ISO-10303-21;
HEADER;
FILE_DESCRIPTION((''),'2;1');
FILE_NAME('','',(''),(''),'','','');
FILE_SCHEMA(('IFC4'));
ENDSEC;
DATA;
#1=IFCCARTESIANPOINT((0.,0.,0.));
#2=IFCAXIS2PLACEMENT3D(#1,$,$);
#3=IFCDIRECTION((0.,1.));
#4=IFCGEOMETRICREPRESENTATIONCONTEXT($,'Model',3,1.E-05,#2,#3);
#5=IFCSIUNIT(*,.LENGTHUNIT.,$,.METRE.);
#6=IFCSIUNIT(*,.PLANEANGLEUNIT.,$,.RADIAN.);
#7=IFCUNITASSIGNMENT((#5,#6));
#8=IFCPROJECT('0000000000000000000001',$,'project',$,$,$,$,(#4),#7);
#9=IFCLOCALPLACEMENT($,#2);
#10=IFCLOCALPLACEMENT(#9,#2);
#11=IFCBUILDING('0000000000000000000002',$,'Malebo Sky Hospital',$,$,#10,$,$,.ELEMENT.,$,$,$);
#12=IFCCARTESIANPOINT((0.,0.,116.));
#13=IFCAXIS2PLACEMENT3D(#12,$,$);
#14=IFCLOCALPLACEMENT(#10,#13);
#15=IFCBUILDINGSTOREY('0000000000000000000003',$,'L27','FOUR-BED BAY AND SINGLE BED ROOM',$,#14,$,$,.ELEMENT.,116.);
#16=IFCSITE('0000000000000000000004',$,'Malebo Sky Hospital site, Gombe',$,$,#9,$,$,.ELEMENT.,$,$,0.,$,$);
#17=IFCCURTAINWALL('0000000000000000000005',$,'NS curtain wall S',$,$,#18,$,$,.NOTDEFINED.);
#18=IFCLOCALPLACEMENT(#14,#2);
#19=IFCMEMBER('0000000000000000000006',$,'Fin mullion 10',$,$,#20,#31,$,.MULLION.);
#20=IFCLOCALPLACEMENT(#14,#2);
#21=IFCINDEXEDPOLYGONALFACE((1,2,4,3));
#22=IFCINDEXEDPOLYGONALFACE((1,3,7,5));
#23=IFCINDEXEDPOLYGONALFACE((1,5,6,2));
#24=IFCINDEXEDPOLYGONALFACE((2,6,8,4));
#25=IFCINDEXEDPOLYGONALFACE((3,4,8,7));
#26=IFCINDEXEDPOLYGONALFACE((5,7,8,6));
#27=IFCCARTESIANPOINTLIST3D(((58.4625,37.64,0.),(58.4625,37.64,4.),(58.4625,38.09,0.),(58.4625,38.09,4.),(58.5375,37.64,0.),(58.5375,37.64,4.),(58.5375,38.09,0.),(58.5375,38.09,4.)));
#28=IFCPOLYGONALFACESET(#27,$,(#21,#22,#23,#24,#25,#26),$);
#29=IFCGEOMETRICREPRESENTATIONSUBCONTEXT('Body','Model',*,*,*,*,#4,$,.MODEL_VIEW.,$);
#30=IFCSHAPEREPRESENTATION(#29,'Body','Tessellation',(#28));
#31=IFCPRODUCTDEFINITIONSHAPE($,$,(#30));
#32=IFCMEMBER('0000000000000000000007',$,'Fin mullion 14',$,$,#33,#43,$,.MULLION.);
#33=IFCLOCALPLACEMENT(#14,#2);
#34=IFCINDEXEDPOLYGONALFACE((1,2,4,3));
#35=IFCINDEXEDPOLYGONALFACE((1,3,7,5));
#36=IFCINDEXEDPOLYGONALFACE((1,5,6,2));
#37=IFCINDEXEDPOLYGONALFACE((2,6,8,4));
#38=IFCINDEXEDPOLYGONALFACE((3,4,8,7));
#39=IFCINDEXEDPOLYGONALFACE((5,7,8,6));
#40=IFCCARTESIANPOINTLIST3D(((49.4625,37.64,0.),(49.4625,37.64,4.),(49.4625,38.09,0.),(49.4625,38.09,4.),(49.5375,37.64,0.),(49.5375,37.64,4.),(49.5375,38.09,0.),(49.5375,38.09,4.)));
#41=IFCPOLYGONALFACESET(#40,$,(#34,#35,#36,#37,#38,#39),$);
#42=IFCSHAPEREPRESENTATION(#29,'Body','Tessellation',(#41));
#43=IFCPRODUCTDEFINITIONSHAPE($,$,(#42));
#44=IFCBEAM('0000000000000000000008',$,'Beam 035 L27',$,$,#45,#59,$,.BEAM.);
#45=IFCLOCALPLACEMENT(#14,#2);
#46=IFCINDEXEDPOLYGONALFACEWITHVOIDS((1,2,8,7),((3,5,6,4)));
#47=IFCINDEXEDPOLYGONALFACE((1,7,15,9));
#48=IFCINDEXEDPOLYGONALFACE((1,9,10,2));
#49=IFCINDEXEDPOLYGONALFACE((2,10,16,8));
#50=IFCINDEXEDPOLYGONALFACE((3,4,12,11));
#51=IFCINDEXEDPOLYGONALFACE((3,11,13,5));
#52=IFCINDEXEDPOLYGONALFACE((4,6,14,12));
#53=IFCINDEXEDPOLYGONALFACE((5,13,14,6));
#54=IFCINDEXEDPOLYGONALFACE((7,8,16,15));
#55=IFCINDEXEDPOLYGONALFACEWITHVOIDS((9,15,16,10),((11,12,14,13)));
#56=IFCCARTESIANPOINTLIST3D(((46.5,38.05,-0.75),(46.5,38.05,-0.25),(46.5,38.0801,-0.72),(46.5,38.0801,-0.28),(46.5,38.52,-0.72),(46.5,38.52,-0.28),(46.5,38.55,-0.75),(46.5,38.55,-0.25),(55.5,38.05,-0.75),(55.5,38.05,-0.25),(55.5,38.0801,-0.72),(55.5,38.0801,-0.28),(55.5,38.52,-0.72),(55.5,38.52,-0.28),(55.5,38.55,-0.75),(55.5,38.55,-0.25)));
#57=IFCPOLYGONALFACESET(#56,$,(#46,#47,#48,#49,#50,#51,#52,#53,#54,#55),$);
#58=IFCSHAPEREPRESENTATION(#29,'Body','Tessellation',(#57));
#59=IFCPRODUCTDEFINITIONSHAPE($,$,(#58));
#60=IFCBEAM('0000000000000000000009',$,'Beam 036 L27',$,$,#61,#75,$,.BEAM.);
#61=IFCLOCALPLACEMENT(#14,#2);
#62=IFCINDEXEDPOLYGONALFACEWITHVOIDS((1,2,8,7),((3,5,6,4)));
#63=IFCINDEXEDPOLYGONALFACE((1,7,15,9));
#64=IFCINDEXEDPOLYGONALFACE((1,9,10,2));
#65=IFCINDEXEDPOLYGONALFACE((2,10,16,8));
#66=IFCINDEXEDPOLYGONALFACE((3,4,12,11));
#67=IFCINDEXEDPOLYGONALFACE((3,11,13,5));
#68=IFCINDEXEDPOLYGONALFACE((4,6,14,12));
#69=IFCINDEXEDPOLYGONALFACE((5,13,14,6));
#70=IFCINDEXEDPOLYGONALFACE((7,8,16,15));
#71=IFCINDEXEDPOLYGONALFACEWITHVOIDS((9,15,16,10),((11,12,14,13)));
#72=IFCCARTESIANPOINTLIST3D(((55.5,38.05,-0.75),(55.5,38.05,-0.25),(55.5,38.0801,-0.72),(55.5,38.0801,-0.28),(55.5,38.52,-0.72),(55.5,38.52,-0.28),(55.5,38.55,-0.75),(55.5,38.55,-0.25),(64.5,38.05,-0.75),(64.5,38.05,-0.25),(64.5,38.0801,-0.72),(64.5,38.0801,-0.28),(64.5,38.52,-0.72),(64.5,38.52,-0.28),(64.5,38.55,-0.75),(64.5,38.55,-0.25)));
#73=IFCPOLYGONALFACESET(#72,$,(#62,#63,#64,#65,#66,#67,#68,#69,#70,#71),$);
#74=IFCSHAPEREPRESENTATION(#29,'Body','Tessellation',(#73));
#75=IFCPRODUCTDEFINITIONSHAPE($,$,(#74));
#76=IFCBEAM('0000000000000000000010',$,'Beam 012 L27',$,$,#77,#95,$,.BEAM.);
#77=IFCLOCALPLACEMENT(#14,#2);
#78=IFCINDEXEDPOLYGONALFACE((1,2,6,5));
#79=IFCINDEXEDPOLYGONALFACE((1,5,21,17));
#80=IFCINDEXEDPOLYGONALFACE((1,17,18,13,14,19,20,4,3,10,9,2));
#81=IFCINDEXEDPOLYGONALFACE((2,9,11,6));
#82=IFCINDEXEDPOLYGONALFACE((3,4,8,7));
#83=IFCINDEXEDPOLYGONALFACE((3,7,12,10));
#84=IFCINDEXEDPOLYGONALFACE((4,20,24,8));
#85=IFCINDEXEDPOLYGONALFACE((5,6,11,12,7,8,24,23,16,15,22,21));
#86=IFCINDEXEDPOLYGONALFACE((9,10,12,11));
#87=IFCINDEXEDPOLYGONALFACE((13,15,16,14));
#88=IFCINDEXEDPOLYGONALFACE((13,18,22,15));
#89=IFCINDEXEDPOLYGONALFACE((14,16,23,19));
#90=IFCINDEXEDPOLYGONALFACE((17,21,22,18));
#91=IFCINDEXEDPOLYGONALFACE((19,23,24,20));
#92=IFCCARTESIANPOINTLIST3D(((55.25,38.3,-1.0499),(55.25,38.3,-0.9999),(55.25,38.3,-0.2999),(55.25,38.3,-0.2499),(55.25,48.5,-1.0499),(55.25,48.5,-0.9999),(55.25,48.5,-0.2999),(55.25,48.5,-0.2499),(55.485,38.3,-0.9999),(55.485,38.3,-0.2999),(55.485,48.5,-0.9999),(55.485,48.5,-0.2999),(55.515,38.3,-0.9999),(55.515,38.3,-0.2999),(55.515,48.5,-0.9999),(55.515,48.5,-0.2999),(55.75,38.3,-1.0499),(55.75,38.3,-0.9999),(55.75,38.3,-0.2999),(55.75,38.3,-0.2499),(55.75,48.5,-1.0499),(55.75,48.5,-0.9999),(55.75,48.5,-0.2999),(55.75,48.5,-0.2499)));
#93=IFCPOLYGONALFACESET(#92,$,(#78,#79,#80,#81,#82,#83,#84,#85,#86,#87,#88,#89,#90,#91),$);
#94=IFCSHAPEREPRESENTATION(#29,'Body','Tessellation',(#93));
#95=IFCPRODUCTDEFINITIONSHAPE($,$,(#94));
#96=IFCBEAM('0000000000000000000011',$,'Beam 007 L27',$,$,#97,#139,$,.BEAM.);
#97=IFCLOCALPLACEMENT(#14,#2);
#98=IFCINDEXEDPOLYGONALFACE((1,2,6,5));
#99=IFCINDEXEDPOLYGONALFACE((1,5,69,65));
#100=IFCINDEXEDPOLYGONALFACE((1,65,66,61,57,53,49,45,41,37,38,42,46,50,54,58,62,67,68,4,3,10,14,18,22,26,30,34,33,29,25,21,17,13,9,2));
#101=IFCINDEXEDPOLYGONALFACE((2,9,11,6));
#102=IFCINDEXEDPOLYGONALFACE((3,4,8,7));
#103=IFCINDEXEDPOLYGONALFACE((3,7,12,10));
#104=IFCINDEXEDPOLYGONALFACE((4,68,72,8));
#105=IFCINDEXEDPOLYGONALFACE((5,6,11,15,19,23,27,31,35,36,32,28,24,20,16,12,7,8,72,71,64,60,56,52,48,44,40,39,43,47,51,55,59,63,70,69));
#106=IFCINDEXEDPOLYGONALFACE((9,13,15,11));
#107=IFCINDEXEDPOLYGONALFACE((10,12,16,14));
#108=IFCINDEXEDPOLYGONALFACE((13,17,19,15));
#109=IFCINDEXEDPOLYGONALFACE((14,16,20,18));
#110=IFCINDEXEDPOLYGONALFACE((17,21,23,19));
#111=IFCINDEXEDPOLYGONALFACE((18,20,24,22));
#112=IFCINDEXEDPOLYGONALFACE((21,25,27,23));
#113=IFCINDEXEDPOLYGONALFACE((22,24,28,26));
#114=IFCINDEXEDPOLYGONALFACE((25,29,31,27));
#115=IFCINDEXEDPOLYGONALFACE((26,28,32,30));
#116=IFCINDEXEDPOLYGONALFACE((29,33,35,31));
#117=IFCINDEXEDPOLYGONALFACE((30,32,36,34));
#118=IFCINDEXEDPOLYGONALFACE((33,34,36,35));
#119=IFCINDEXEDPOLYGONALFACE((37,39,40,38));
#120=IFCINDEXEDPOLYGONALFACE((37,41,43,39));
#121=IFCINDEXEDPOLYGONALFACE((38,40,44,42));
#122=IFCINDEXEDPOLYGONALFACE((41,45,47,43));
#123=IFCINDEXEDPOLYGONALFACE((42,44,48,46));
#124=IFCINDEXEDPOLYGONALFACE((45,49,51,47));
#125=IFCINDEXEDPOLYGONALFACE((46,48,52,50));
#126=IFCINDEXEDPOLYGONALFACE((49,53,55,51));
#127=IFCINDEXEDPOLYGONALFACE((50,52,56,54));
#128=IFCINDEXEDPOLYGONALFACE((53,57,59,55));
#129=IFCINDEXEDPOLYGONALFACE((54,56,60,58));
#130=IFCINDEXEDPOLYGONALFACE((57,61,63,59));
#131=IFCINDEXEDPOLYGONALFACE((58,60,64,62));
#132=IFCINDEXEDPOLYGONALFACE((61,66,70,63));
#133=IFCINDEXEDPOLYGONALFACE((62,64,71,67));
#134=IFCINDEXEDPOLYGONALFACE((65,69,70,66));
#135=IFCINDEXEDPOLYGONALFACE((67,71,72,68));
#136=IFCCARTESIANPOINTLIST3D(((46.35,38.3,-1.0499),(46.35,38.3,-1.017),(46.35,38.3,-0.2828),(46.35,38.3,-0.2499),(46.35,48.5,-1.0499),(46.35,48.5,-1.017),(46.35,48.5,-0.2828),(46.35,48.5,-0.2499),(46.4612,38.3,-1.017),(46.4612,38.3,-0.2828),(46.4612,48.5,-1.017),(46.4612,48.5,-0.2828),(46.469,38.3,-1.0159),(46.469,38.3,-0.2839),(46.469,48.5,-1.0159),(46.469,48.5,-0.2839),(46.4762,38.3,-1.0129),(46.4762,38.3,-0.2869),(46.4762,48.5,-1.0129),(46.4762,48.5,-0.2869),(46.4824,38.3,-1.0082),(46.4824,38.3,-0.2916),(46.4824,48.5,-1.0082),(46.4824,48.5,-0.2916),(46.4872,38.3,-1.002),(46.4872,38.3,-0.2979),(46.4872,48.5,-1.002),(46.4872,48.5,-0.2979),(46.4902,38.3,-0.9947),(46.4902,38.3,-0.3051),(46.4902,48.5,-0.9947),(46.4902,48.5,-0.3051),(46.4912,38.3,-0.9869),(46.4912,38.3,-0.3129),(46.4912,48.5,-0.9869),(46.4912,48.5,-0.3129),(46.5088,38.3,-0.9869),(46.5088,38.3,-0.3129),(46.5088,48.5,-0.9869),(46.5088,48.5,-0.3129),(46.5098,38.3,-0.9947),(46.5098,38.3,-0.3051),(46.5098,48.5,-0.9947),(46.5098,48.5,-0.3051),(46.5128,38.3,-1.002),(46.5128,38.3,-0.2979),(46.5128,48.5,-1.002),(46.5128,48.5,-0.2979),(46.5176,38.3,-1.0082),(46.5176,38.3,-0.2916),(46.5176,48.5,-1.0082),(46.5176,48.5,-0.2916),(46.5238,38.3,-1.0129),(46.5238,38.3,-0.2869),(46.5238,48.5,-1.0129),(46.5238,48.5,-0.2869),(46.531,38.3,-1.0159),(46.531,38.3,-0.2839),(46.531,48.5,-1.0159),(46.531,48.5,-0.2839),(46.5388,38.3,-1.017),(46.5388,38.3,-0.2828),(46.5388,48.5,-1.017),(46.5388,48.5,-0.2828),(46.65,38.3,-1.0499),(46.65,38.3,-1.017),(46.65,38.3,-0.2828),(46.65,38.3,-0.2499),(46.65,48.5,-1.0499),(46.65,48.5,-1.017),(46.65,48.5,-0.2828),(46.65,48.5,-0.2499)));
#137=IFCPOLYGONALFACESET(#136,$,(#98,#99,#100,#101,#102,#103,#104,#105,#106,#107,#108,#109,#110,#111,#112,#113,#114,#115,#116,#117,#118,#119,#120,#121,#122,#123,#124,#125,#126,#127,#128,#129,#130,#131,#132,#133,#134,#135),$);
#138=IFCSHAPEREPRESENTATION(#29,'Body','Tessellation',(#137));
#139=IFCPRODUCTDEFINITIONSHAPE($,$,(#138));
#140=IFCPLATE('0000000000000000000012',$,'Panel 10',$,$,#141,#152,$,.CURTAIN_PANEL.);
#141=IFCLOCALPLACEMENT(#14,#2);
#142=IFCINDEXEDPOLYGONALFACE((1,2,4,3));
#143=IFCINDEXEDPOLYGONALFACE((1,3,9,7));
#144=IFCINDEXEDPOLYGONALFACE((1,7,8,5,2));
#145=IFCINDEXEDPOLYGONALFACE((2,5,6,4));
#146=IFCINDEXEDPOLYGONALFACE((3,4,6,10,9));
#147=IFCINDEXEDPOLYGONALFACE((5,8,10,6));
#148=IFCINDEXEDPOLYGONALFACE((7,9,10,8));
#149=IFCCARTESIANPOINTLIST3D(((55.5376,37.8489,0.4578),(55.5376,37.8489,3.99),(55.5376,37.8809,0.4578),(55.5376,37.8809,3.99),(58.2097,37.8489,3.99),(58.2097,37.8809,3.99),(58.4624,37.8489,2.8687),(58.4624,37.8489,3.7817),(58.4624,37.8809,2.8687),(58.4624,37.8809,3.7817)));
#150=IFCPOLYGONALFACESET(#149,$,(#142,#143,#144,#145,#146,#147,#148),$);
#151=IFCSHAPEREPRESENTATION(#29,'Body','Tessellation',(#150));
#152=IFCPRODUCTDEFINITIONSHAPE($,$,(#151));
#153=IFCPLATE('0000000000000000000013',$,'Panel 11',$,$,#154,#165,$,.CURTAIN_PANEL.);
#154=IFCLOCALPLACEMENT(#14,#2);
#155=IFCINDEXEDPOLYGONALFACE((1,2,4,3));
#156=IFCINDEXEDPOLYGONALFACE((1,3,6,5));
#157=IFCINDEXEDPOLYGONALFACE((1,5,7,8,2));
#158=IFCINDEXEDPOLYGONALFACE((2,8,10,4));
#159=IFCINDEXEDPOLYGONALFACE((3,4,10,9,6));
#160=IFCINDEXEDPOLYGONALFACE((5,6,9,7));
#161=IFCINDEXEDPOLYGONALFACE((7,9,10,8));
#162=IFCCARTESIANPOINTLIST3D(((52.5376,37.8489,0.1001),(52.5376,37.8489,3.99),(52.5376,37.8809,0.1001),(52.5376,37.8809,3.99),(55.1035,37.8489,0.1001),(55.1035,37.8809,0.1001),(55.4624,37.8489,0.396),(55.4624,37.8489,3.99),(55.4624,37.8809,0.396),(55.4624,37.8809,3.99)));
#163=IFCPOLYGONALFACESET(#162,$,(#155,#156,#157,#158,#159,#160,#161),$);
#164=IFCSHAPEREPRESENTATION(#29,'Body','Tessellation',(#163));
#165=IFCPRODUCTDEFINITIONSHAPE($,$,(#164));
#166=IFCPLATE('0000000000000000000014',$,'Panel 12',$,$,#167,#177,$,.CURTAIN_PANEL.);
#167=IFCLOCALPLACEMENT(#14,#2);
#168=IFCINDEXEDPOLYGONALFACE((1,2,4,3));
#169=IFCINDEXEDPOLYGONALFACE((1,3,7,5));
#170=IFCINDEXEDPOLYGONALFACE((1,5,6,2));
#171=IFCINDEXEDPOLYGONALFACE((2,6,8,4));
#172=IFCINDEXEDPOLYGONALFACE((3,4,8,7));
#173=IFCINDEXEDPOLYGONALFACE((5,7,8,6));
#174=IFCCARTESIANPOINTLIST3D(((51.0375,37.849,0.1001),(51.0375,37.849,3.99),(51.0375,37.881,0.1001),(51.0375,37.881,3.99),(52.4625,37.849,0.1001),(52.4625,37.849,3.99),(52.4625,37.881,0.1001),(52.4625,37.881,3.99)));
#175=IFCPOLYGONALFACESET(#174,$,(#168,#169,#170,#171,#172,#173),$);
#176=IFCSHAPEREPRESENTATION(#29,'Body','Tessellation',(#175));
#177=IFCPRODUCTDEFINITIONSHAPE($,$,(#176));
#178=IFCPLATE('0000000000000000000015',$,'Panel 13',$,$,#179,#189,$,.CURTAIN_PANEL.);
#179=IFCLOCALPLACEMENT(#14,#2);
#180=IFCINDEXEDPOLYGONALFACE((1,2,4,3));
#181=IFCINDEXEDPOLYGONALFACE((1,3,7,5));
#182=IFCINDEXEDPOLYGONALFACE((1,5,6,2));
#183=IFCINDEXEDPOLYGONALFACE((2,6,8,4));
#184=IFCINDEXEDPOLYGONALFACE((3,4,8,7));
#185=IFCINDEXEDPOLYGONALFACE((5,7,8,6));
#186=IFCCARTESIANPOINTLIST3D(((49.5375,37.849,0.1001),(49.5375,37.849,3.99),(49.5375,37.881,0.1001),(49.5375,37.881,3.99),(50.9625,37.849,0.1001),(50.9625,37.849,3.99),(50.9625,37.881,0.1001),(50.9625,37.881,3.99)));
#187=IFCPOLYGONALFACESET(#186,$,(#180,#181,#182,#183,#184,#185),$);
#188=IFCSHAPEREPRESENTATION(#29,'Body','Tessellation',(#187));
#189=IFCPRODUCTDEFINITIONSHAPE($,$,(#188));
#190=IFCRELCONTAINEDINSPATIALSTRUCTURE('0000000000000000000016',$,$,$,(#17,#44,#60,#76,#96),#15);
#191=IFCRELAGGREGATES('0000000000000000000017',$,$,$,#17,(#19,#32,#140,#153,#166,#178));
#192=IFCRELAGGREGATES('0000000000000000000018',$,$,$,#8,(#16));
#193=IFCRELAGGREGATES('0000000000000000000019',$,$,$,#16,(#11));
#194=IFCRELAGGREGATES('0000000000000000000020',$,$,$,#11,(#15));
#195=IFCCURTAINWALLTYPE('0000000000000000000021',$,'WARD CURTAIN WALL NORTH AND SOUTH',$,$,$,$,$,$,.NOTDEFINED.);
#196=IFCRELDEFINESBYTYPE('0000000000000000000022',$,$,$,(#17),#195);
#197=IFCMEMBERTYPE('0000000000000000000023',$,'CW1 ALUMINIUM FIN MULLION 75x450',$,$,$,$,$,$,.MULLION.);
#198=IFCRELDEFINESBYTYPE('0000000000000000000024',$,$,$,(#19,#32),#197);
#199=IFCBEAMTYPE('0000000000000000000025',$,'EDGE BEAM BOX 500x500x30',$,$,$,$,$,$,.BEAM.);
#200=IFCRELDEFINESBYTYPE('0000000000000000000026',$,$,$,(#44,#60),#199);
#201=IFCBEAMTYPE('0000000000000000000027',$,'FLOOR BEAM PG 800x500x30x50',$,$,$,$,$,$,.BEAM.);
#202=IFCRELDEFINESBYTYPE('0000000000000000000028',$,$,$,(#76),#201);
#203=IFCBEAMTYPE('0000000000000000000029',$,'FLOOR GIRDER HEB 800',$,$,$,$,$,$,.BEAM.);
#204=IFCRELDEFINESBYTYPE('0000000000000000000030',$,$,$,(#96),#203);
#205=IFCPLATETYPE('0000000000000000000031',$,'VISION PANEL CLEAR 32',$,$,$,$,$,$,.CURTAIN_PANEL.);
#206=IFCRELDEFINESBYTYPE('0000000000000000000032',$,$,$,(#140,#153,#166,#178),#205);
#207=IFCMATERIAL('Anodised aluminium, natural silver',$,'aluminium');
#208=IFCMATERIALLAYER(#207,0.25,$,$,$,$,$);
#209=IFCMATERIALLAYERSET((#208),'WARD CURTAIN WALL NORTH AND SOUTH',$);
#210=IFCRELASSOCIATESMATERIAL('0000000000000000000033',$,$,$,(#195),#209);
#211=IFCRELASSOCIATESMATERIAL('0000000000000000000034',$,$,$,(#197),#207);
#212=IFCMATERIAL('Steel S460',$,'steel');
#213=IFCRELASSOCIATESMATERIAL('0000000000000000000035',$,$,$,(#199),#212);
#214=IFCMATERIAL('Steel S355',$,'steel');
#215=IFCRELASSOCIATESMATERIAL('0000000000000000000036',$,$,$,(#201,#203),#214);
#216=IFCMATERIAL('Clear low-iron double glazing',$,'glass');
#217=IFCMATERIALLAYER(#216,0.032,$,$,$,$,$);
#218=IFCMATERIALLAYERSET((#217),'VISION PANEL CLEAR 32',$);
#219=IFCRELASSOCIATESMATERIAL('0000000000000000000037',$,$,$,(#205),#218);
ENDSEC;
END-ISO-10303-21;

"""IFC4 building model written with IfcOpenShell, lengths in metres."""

from ifc_helpers import new_model, si_unit, direction, frame, origin, origin_2d, place, context, subcontext, project, spatial, polyline, rectangle, hollow_rectangle, i_section, outline, extrude, material, layer, layer_set, material_profile, profile_set, type_object, element, aggregate, save


model = new_model("IFC4")

# Units and contexts
model_context = context("Model", 3, precision=1e-05, world=origin(), true_north=direction((0.0, 1.0)))
body_context = subcontext(model_context, "Body", "Model", "MODEL_VIEW")
ifc_project = project(units=[si_unit("LENGTHUNIT", "METRE"), si_unit("PLANEANGLEUNIT", "RADIAN")], contexts=[model_context])

# Site, building, storey
site_placement = place(None, origin())
site = spatial("IfcSite", under=ifc_project, at=site_placement, Name="Malebo Sky Hospital site, Gombe", CompositionType="ELEMENT", RefElevation=0.0)
building_placement = place(site_placement, origin())
building = spatial("IfcBuilding", under=site, at=building_placement, Name="Malebo Sky Hospital", CompositionType="ELEMENT")
storey_placement = place(building_placement, frame((0.0, 0.0, 116.0)))
storey = spatial("IfcBuildingStorey", under=building, at=storey_placement, Name="L27", Description="FOUR-BED BAY AND SINGLE BED ROOM", CompositionType="ELEMENT", Elevation=116.0)

# Shared definitions
ifc_material_1 = material(Name="Steel S460", Category="steel")

# Curtain wall
ifc_material_2 = material(Name="Anodised aluminium, natural silver", Category="aluminium")
ifc_layer_1 = layer(ifc_material_2, 0.25)
ifc_layer_set_1 = layer_set([ifc_layer_1], Name="WARD CURTAIN WALL NORTH AND SOUTH")
curtain_wall_type = type_object("IfcCurtainWallType", Name="WARD CURTAIN WALL NORTH AND SOUTH", PredefinedType="NOTDEFINED", material=ifc_layer_set_1)
curtain_wall_placement = place(storey_placement, origin())
curtain_wall = element("IfcCurtainWall", 1, at=curtain_wall_placement, inside=storey, type_object=curtain_wall_type, Name="NS curtain wall S", PredefinedType="NOTDEFINED")

# Members
ifc_material_3 = material(Name="Steel S355", Category="steel")
ifc_material_profile_1 = material_profile(ifc_material_2, rectangle(XDim=0.075, YDim=0.45, at=origin_2d()), Name="CW1 ALUMINIUM FIN MULLION 75x450")
ifc_profile_set_1 = profile_set([ifc_material_profile_1], Name="Anodised aluminium, natural silver")
member_type_1 = type_object("IfcMemberType", Name="CW1 ALUMINIUM FIN MULLION 75x450", PredefinedType="MULLION", material=ifc_profile_set_1)
member_1_placement = place(storey_placement, frame((58.5, 37.865, 0.0), z_axis=(0.0, 0.0, 1.0), x_axis=(-1.0, 0.0, 0.0)))
member_1 = element("IfcMember", 2, at=member_1_placement, type_object=member_type_1, Name="Fin mullion 10", PredefinedType="MULLION", context=body_context, shape_type="SweptSolid", body=[
    extrude(rectangle(XDim=0.075, YDim=0.45, at=origin_2d()), origin(), (0.0, 0.0, 1.0), 4.0),
])
member_2_placement = place(storey_placement, frame((49.5, 37.865, 0.0), z_axis=(0.0, 0.0, 1.0), x_axis=(-1.0, 0.0, 0.0)))
member_2 = element("IfcMember", 3, at=member_2_placement, type_object=member_type_1, Name="Fin mullion 14", PredefinedType="MULLION", context=body_context, shape_type="SweptSolid", body=[
    extrude(rectangle(XDim=0.075, YDim=0.45, at=origin_2d()), origin(), (0.0, 0.0, 1.0), 4.0),
])

# Beams
ifc_material_profile_2 = material_profile(ifc_material_1, hollow_rectangle(XDim=0.5, YDim=0.5, WallThickness=0.03, at=origin_2d()), Name="BOX 500x500x30")
ifc_profile_set_2 = profile_set([ifc_material_profile_2], Name="Steel S460")
beam_type_1 = type_object("IfcBeamType", Name="EDGE BEAM BOX 500x500x30", PredefinedType="BEAM", material=ifc_profile_set_2)
for number, where, z_axis, x_axis, name in (
    (4, (46.5, 38.3, -0.5), (1.0, 0.0, 0.0), (0.0, 1.0, 0.0), "Beam 035 L27"),
    (5, (55.5, 38.3, -0.5), (1.0, 0.0, 0.0), (0.0, 1.0, 0.0), "Beam 036 L27"),
):
    element("IfcBeam", number, at=place(storey_placement, frame(where, z_axis=z_axis, x_axis=x_axis)), inside=storey, type_object=beam_type_1, Name=name, PredefinedType="BEAM", context=body_context, shape_type="SweptSolid", body=[
        extrude(hollow_rectangle(XDim=0.5, YDim=0.5, WallThickness=0.03, at=origin_2d()), origin(), (0.0, 0.0, 1.0), 9.0),
    ])
ifc_material_profile_3 = material_profile(ifc_material_3, i_section(OverallWidth=0.5, OverallDepth=0.8, WebThickness=0.03, FlangeThickness=0.05, at=origin_2d()), Name="PG 800x500x30x50")
ifc_profile_set_3 = profile_set([ifc_material_profile_3], Name="Steel S355")
beam_type_2 = type_object("IfcBeamType", Name="FLOOR BEAM PG 800x500x30x50", PredefinedType="BEAM", material=ifc_profile_set_3)
beam_1_placement = place(storey_placement, frame((55.5, 38.3, -0.6499), z_axis=(0.0, 1.0, 0.0), x_axis=(-1.0, 0.0, 0.0)))
element("IfcBeam", 6, at=beam_1_placement, inside=storey, type_object=beam_type_2, Name="Beam 012 L27", PredefinedType="BEAM", context=body_context, shape_type="SweptSolid", body=[
    extrude(i_section(OverallWidth=0.5, OverallDepth=0.8, WebThickness=0.03, FlangeThickness=0.05, at=origin_2d()), origin(), (0.0, 0.0, 1.0), 10.2),
])
ifc_material_profile_4 = material_profile(ifc_material_3, i_section(OverallWidth=0.3, OverallDepth=0.8, WebThickness=0.0176, FlangeThickness=0.033, FilletRadius=0.03, at=origin_2d()), Name="HEB 800")
ifc_profile_set_4 = profile_set([ifc_material_profile_4], Name="Steel S355")
beam_type_3 = type_object("IfcBeamType", Name="FLOOR GIRDER HEB 800", PredefinedType="BEAM", material=ifc_profile_set_4)
beam_2_placement = place(storey_placement, frame((46.5, 38.3, -0.6499), z_axis=(0.0, 1.0, 0.0), x_axis=(-1.0, 0.0, 0.0)))
element("IfcBeam", 7, at=beam_2_placement, inside=storey, type_object=beam_type_3, Name="Beam 007 L27", PredefinedType="BEAM", context=body_context, shape_type="SweptSolid", body=[
    extrude(i_section(OverallWidth=0.3, OverallDepth=0.8, WebThickness=0.0176, FlangeThickness=0.033, FilletRadius=0.03, at=origin_2d()), origin(), (0.0, 0.0, 1.0), 10.2),
])

# Plates
ifc_material_4 = material(Name="Clear low-iron double glazing", Category="glass")
ifc_layer_2 = layer(ifc_material_4, 0.032)
ifc_layer_set_2 = layer_set([ifc_layer_2], Name="VISION PANEL CLEAR 32")
plate_type = type_object("IfcPlateType", Name="VISION PANEL CLEAR 32", PredefinedType="CURTAIN_PANEL", material=ifc_layer_set_2)
plate_1_placement = place(storey_placement, frame((57.0, 37.865, 0.4578), z_axis=(0.0, 0.0, 1.0), x_axis=(-1.0, 0.0, 0.0)))
plate_1 = element("IfcPlate", 8, at=plate_1_placement, type_object=plate_type, Name="Panel 10", PredefinedType="CURTAIN_PANEL", context=body_context, shape_type="SweptSolid", body=[
    extrude(outline(polyline([(1.4624, 0.0), (1.4624, 3.5322), (-1.2097, 3.5322), (-1.4624, 3.324), (-1.4624, 2.4109), (1.4624, 0.0)])), frame((0.0, 0.0161, 0.0), z_axis=(0.0, -1.0, 0.0), x_axis=(1.0, 0.0, 0.0)), (0.0, 0.0, 1.0), 0.032),
])
plate_2_placement = place(storey_placement, frame((54.0, 37.865, 0.1001), z_axis=(0.0, 0.0, 1.0), x_axis=(-1.0, 0.0, 0.0)))
plate_2 = element("IfcPlate", 9, at=plate_2_placement, type_object=plate_type, Name="Panel 11", PredefinedType="CURTAIN_PANEL", context=body_context, shape_type="SweptSolid", body=[
    extrude(outline(polyline([(-1.1035, 0.0), (1.4624, 0.0), (1.4624, 3.8899), (-1.4624, 3.8899), (-1.4624, 0.2959), (-1.1035, 0.0)])), frame((0.0, 0.0161, 0.0), z_axis=(0.0, -1.0, 0.0), x_axis=(1.0, 0.0, 0.0)), (0.0, 0.0, 1.0), 0.032),
])
plate_3_placement = place(storey_placement, frame((51.75, 37.865, 0.1001), z_axis=(0.0, 0.0, 1.0), x_axis=(-1.0, 0.0, 0.0)))
plate_3 = element("IfcPlate", 10, at=plate_3_placement, type_object=plate_type, Name="Panel 12", PredefinedType="CURTAIN_PANEL", context=body_context, shape_type="SweptSolid", body=[
    extrude(rectangle(XDim=1.425, YDim=0.032, at=origin_2d()), origin(), (0.0, 0.0, 1.0), 3.8899),
])
plate_4_placement = place(storey_placement, frame((50.25, 37.865, 0.1001), z_axis=(0.0, 0.0, 1.0), x_axis=(-1.0, 0.0, 0.0)))
plate_4 = element("IfcPlate", 11, at=plate_4_placement, type_object=plate_type, Name="Panel 13", PredefinedType="CURTAIN_PANEL", context=body_context, shape_type="SweptSolid", body=[
    extrude(rectangle(XDim=1.425, YDim=0.032, at=origin_2d()), origin(), (0.0, 0.0, 1.0), 3.8899),
])
aggregate(curtain_wall, [member_1, member_2, plate_1, plate_2, plate_3, plate_4])

save(model, "model.ifc")
